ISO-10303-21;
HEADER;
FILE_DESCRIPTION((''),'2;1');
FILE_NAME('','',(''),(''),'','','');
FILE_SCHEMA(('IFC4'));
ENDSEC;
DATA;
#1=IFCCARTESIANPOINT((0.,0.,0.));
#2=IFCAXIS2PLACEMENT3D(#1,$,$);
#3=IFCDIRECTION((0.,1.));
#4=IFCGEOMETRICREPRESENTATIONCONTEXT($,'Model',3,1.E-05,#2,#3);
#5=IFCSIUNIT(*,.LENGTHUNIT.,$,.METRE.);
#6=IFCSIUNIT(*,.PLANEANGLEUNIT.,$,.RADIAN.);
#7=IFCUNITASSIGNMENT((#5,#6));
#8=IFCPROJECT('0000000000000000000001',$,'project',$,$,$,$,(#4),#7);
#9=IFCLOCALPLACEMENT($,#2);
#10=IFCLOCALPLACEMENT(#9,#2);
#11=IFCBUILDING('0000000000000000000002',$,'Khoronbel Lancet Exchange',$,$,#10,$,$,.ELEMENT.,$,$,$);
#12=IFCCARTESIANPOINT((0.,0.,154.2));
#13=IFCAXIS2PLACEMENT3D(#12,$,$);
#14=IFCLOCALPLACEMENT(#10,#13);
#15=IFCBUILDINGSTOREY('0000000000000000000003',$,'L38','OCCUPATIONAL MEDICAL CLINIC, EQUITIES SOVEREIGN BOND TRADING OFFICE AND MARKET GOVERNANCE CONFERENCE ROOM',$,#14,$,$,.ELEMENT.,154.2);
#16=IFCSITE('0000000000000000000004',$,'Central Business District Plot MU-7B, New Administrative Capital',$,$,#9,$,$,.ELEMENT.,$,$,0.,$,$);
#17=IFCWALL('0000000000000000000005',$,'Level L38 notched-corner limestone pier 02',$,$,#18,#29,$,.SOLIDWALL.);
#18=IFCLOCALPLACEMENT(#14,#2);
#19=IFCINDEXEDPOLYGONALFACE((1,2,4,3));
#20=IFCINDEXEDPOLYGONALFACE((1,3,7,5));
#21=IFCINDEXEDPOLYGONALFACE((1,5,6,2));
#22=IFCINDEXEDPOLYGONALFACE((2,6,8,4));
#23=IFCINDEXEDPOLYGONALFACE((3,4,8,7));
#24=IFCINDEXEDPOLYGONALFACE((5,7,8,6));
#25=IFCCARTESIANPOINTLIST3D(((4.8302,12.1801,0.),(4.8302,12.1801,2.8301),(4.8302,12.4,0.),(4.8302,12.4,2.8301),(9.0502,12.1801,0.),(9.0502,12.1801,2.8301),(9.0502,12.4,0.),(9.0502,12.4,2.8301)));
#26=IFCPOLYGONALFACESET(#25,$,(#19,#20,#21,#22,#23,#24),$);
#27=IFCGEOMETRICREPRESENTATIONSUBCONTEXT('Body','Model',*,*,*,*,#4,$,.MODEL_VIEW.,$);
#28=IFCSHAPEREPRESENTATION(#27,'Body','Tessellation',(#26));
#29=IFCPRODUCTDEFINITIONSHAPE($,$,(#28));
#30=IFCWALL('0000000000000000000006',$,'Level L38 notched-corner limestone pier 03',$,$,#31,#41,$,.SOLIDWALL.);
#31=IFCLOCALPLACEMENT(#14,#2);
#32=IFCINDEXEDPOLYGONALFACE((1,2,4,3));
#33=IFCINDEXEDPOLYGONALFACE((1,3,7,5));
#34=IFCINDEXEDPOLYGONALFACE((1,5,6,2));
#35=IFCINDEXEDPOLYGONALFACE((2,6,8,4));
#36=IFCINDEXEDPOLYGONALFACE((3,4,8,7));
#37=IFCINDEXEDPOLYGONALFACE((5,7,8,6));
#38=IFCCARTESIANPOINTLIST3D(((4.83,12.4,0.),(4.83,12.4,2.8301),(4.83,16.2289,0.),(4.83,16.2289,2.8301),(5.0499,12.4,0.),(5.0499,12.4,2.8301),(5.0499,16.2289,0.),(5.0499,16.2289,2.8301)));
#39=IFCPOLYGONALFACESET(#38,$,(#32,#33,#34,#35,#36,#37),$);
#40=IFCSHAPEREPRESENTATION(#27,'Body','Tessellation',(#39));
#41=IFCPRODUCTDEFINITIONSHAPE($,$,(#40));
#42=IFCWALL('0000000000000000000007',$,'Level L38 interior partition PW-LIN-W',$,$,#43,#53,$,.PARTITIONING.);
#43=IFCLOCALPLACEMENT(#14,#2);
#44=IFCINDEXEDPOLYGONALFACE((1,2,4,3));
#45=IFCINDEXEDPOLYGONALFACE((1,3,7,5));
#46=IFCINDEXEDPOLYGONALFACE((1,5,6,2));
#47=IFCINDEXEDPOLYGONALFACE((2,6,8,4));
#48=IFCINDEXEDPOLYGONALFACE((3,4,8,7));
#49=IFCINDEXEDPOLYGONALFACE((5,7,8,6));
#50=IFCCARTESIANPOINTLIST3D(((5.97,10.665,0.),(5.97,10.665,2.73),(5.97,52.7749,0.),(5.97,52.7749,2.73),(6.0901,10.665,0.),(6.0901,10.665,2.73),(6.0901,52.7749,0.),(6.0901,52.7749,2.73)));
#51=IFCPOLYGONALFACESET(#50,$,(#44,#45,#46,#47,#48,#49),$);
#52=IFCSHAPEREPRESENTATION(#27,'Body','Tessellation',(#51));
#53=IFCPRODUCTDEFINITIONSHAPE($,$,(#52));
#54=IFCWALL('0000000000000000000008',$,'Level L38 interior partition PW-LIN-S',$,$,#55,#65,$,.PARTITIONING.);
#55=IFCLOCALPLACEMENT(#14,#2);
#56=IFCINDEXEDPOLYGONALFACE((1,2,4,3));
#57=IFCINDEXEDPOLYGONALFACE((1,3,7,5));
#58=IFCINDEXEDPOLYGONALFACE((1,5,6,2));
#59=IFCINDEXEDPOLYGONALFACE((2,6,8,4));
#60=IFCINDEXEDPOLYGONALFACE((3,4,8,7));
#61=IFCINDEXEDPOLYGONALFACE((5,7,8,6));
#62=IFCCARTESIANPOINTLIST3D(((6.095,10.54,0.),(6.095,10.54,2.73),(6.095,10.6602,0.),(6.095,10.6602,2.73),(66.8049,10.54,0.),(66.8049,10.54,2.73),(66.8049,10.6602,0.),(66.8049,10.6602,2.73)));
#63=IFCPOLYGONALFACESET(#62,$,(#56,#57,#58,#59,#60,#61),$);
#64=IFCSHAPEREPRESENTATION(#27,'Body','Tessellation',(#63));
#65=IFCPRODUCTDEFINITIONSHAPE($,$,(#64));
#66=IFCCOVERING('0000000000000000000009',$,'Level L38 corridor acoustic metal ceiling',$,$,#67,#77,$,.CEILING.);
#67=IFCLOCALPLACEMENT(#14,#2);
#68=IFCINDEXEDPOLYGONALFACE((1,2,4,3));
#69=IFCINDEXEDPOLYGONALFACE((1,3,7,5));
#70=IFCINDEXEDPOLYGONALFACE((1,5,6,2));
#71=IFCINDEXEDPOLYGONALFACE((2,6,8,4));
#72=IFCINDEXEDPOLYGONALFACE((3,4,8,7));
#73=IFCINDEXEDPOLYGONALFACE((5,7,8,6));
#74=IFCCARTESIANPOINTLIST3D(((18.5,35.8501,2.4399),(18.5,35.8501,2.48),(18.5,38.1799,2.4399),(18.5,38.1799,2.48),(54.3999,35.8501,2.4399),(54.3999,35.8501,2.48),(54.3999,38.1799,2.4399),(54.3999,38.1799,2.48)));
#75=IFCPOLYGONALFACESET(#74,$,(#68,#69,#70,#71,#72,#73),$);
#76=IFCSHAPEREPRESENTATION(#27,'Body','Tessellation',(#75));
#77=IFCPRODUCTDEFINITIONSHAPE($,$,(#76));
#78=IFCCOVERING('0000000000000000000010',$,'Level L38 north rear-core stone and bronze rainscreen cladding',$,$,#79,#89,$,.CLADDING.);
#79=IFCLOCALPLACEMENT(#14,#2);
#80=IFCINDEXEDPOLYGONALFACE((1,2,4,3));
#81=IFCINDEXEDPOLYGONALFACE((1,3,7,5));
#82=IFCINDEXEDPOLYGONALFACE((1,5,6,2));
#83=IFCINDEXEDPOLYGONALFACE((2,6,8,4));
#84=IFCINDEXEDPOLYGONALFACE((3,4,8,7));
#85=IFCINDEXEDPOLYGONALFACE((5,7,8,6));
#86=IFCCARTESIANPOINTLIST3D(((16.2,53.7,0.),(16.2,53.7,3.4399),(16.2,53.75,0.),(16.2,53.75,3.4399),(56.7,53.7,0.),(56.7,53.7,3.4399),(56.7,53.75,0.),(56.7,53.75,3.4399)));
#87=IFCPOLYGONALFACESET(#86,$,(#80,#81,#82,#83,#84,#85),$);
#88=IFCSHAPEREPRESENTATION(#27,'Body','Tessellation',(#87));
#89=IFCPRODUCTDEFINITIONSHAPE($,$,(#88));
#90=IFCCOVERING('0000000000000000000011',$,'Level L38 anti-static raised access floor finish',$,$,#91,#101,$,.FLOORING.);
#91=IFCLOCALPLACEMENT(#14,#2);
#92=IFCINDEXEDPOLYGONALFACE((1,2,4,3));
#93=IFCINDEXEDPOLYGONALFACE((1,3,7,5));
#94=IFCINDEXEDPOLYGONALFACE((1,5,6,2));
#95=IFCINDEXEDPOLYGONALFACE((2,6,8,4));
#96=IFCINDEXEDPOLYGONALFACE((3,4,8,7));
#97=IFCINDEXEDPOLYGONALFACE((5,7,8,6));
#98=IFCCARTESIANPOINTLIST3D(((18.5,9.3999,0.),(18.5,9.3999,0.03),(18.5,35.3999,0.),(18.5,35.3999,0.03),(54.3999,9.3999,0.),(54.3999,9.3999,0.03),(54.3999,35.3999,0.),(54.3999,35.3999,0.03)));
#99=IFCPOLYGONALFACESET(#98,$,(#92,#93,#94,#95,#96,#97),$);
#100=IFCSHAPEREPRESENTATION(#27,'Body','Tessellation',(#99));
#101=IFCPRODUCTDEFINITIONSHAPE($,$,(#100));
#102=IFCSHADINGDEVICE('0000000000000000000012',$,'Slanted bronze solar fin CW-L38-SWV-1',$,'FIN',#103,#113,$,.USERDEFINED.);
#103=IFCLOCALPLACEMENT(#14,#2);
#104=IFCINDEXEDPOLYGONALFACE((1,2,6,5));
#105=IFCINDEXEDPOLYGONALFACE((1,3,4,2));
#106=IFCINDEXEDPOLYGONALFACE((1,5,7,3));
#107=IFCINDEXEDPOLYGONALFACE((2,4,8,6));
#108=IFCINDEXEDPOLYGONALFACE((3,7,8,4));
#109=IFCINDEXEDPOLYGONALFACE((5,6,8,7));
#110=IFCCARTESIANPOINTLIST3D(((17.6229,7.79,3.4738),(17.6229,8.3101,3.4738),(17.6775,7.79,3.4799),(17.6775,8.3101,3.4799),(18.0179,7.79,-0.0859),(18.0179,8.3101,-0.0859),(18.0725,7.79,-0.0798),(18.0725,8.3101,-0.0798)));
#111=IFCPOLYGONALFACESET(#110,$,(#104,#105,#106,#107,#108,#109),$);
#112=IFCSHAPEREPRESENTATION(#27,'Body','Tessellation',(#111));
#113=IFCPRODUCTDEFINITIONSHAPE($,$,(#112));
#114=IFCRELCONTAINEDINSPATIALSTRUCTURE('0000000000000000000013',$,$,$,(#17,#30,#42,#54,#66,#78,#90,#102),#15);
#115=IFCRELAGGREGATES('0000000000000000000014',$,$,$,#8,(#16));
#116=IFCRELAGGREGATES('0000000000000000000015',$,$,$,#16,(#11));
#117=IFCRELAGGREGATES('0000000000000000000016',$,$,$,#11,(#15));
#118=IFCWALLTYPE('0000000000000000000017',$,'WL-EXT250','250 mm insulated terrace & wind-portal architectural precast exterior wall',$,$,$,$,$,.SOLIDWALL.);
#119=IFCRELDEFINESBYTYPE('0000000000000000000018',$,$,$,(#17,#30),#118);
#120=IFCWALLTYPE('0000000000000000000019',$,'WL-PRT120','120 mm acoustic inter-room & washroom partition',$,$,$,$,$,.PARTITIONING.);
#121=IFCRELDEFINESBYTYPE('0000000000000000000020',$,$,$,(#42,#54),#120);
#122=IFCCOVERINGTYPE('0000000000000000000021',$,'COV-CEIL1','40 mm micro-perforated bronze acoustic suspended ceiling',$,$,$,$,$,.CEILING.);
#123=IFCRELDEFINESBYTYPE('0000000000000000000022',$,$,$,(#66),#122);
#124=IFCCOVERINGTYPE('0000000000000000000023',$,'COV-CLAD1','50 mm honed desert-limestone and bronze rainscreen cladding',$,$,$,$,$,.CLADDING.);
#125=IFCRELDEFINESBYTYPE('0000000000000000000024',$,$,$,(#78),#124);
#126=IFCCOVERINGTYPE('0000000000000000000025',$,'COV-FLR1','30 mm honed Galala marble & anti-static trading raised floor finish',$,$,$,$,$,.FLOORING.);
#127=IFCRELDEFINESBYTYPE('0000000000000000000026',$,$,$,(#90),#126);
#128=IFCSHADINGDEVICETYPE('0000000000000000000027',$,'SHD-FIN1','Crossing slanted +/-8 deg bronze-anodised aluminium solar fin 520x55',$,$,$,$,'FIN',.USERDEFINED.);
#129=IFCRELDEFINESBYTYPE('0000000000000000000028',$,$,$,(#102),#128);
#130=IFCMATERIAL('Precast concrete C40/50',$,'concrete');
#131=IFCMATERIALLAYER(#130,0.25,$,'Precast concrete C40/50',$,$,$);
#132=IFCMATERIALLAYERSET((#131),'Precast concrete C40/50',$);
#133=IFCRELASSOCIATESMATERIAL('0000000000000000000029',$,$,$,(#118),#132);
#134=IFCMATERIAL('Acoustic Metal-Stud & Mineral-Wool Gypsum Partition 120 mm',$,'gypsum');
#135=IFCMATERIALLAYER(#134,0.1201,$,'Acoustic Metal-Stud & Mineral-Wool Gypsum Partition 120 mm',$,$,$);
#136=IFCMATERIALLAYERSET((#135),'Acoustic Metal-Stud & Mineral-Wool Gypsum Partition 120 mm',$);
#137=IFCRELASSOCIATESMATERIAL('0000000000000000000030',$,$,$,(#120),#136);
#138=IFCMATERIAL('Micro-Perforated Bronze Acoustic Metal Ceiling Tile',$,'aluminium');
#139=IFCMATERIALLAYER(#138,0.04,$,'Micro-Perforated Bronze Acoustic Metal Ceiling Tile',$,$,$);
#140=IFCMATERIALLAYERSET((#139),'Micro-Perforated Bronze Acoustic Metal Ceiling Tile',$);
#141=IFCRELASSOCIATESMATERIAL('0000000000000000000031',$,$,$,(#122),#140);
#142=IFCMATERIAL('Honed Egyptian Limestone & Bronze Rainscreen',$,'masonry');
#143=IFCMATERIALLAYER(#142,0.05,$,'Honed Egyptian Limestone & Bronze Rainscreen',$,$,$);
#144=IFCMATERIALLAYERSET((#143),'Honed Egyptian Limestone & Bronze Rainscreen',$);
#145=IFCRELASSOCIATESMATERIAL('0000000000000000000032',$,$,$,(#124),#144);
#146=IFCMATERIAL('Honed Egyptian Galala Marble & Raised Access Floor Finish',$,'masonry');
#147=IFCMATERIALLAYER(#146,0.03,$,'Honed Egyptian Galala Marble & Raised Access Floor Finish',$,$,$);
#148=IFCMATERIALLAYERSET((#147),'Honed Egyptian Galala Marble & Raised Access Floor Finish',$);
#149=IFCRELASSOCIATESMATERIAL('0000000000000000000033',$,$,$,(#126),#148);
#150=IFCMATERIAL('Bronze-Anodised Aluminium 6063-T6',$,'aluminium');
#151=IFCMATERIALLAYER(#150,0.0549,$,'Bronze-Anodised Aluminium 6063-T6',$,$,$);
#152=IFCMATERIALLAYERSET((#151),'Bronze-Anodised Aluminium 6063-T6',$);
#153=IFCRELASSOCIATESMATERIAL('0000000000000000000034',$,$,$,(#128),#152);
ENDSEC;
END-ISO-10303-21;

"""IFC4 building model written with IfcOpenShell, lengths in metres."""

from ifc_helpers import new_model, si_unit, direction, frame, frame_2d, origin, place, context, subcontext, project, spatial, polyline, rectangle, outline, extrude, material, layer, layer_set, type_object, element, save


model = new_model("IFC4")

# Units and contexts
model_context = context("Model", 3, precision=1e-05, world=origin(), true_north=direction((0.0, 1.0)))
body_context = subcontext(model_context, "Body", "Model", "MODEL_VIEW")
ifc_project = project(units=[si_unit("LENGTHUNIT", "METRE"), si_unit("PLANEANGLEUNIT", "RADIAN")], contexts=[model_context])

# Site, building, storey
site_placement = place(None, origin())
site = spatial("IfcSite", under=ifc_project, at=site_placement, Name="Central Business District Plot MU-7B, New Administrative Capital", CompositionType="ELEMENT", RefElevation=0.0)
building_placement = place(site_placement, origin())
building = spatial("IfcBuilding", under=site, at=building_placement, Name="Khoronbel Lancet Exchange", CompositionType="ELEMENT")
storey_placement = place(building_placement, frame((0.0, 0.0, 154.2)))
storey = spatial("IfcBuildingStorey", under=building, at=storey_placement, Name="L38", Description="OCCUPATIONAL MEDICAL CLINIC, EQUITIES SOVEREIGN BOND TRADING OFFICE AND MARKET GOVERNANCE CONFERENCE ROOM", CompositionType="ELEMENT", Elevation=154.2)

# Shared definitions
ifc_material_1 = material(Name="Bronze-Anodised Aluminium 6063-T6", Category="aluminium")

# Walls
ifc_material_2 = material(Name="Precast concrete C40/50", Category="concrete")
ifc_layer_1 = layer(ifc_material_2, 0.25, Name="Precast concrete C40/50")
ifc_layer_set_1 = layer_set([ifc_layer_1], Name="Precast concrete C40/50")
wall_type_1 = type_object("IfcWallType", Name="WL-EXT250", Description="250 mm insulated terrace & wind-portal architectural precast exterior wall", PredefinedType="SOLIDWALL", material=ifc_layer_set_1)
wall_1_placement = place(storey_placement, frame((9.05, 12.29, 0.0), z_axis=(0.0, 0.0, 1.0), x_axis=(-1.0, 0.0, 0.0)))
element("IfcWall", 1, at=wall_1_placement, inside=storey, type_object=wall_type_1, Name="Level L38 notched-corner limestone pier 02", PredefinedType="SOLIDWALL", context=body_context, shape_type="SweptSolid", body=[
    extrude(rectangle(XDim=4.22, YDim=0.22, at=frame_2d((2.1099, 0.0))), origin(), (0.0, 0.0, 1.0), 2.8301),
])
wall_2_placement = place(storey_placement, frame((4.9399, 12.3999, 0.0), z_axis=(0.0, 0.0, 1.0), x_axis=(0.0, 1.0, 0.0)))
element("IfcWall", 2, at=wall_2_placement, inside=storey, type_object=wall_type_1, Name="Level L38 notched-corner limestone pier 03", PredefinedType="SOLIDWALL", context=body_context, shape_type="SweptSolid", body=[
    extrude(rectangle(XDim=3.8289, YDim=0.22, at=frame_2d((1.9146, 0.0))), origin(), (0.0, 0.0, 1.0), 2.8301),
])
ifc_material_3 = material(Name="Acoustic Metal-Stud & Mineral-Wool Gypsum Partition 120 mm", Category="gypsum")
ifc_layer_2 = layer(ifc_material_3, 0.1201, Name="Acoustic Metal-Stud & Mineral-Wool Gypsum Partition 120 mm")
ifc_layer_set_2 = layer_set([ifc_layer_2], Name="Acoustic Metal-Stud & Mineral-Wool Gypsum Partition 120 mm")
wall_type_2 = type_object("IfcWallType", Name="WL-PRT120", Description="120 mm acoustic inter-room & washroom partition", PredefinedType="PARTITIONING", material=ifc_layer_set_2)
wall_3_placement = place(storey_placement, frame((6.03, 10.665, 0.0), z_axis=(0.0, 0.0, 1.0), x_axis=(0.0, 1.0, 0.0)))
element("IfcWall", 3, at=wall_3_placement, inside=storey, type_object=wall_type_2, Name="Level L38 interior partition PW-LIN-W", PredefinedType="PARTITIONING", context=body_context, shape_type="SweptSolid", body=[
    extrude(rectangle(XDim=42.1099, YDim=0.1201, at=frame_2d((21.0549, 0.0))), origin(), (0.0, 0.0, 1.0), 2.73),
])
wall_4_placement = place(storey_placement, frame((6.095, 10.6001, 0.0), z_axis=(0.0, 0.0, 1.0), x_axis=(1.0, 0.0, 0.0)))
element("IfcWall", 4, at=wall_4_placement, inside=storey, type_object=wall_type_2, Name="Level L38 interior partition PW-LIN-S", PredefinedType="PARTITIONING", context=body_context, shape_type="SweptSolid", body=[
    extrude(rectangle(XDim=60.71, YDim=0.1201, at=frame_2d((30.355, 0.0))), origin(), (0.0, 0.0, 1.0), 2.73),
])

# Coverings
ifc_material_4 = material(Name="Micro-Perforated Bronze Acoustic Metal Ceiling Tile", Category="aluminium")
ifc_layer_3 = layer(ifc_material_4, 0.04, Name="Micro-Perforated Bronze Acoustic Metal Ceiling Tile")
ifc_layer_set_3 = layer_set([ifc_layer_3], Name="Micro-Perforated Bronze Acoustic Metal Ceiling Tile")
covering_type_1 = type_object("IfcCoveringType", Name="COV-CEIL1", Description="40 mm micro-perforated bronze acoustic suspended ceiling", PredefinedType="CEILING", material=ifc_layer_set_3)
covering_1_placement = place(storey_placement, frame((0.0, 0.0, 2.4399)))
element("IfcCovering", 5, at=covering_1_placement, inside=storey, type_object=covering_type_1, Name="Level L38 corridor acoustic metal ceiling", PredefinedType="CEILING", context=body_context, shape_type="SweptSolid", body=[
    extrude(outline(polyline([(18.5, 35.8501), (54.3999, 35.8501), (54.3999, 38.1799), (18.5, 38.1799), (18.5, 35.8501)])), origin(), (0.0, 0.0, 1.0), 0.04),
])
ifc_material_5 = material(Name="Honed Egyptian Limestone & Bronze Rainscreen", Category="masonry")
ifc_layer_4 = layer(ifc_material_5, 0.05, Name="Honed Egyptian Limestone & Bronze Rainscreen")
ifc_layer_set_4 = layer_set([ifc_layer_4], Name="Honed Egyptian Limestone & Bronze Rainscreen")
covering_type_2 = type_object("IfcCoveringType", Name="COV-CLAD1", Description="50 mm honed desert-limestone and bronze rainscreen cladding", PredefinedType="CLADDING", material=ifc_layer_set_4)
covering_2_placement = place(storey_placement, origin())
element("IfcCovering", 6, at=covering_2_placement, inside=storey, type_object=covering_type_2, Name="Level L38 north rear-core stone and bronze rainscreen cladding", PredefinedType="CLADDING", context=body_context, shape_type="SweptSolid", body=[
    extrude(outline(polyline([(16.2, 53.7), (56.7, 53.7), (56.7, 53.75), (16.2, 53.75), (16.2, 53.7)])), origin(), (0.0, 0.0, 1.0), 3.4399),
])
ifc_material_6 = material(Name="Honed Egyptian Galala Marble & Raised Access Floor Finish", Category="masonry")
ifc_layer_5 = layer(ifc_material_6, 0.03, Name="Honed Egyptian Galala Marble & Raised Access Floor Finish")
ifc_layer_set_5 = layer_set([ifc_layer_5], Name="Honed Egyptian Galala Marble & Raised Access Floor Finish")
covering_type_3 = type_object("IfcCoveringType", Name="COV-FLR1", Description="30 mm honed Galala marble & anti-static trading raised floor finish", PredefinedType="FLOORING", material=ifc_layer_set_5)
covering_3_placement = place(storey_placement, origin())
element("IfcCovering", 7, at=covering_3_placement, inside=storey, type_object=covering_type_3, Name="Level L38 anti-static raised access floor finish", PredefinedType="FLOORING", context=body_context, shape_type="SweptSolid", body=[
    extrude(outline(polyline([(18.5, 9.3999), (54.3999, 9.3999), (54.3999, 35.3999), (18.5, 35.3999), (18.5, 9.3999)])), origin(), (0.0, 0.0, 1.0), 0.03),
])

# Shading device
ifc_layer_6 = layer(ifc_material_1, 0.0549, Name="Bronze-Anodised Aluminium 6063-T6")
ifc_layer_set_6 = layer_set([ifc_layer_6], Name="Bronze-Anodised Aluminium 6063-T6")
shading_device_type = type_object("IfcShadingDeviceType", Name="SHD-FIN1", Description="Crossing slanted +/-8 deg bronze-anodised aluminium solar fin 520x55", ElementType="FIN", PredefinedType="USERDEFINED", material=ifc_layer_set_6)
shading_device_placement = place(storey_placement, frame((18.0725, 8.3101, -0.0798), z_axis=(0.9939, 0.0, 0.110289), x_axis=(0.0, -1.0, 0.0)))
element("IfcShadingDevice", 8, at=shading_device_placement, inside=storey, type_object=shading_device_type, Name="Slanted bronze solar fin CW-L38-SWV-1", ObjectType="FIN", PredefinedType="USERDEFINED", context=body_context, shape_type="SweptSolid", body=[
    extrude(outline(polyline([(0.0, 0.0), (0.52, 0.0), (0.52, -3.5815), (0.0, -3.5815), (0.0, 0.0)])), origin(), (0.0, 0.0, -1.0), 0.0549),
])

save(model, "model.ifc")
